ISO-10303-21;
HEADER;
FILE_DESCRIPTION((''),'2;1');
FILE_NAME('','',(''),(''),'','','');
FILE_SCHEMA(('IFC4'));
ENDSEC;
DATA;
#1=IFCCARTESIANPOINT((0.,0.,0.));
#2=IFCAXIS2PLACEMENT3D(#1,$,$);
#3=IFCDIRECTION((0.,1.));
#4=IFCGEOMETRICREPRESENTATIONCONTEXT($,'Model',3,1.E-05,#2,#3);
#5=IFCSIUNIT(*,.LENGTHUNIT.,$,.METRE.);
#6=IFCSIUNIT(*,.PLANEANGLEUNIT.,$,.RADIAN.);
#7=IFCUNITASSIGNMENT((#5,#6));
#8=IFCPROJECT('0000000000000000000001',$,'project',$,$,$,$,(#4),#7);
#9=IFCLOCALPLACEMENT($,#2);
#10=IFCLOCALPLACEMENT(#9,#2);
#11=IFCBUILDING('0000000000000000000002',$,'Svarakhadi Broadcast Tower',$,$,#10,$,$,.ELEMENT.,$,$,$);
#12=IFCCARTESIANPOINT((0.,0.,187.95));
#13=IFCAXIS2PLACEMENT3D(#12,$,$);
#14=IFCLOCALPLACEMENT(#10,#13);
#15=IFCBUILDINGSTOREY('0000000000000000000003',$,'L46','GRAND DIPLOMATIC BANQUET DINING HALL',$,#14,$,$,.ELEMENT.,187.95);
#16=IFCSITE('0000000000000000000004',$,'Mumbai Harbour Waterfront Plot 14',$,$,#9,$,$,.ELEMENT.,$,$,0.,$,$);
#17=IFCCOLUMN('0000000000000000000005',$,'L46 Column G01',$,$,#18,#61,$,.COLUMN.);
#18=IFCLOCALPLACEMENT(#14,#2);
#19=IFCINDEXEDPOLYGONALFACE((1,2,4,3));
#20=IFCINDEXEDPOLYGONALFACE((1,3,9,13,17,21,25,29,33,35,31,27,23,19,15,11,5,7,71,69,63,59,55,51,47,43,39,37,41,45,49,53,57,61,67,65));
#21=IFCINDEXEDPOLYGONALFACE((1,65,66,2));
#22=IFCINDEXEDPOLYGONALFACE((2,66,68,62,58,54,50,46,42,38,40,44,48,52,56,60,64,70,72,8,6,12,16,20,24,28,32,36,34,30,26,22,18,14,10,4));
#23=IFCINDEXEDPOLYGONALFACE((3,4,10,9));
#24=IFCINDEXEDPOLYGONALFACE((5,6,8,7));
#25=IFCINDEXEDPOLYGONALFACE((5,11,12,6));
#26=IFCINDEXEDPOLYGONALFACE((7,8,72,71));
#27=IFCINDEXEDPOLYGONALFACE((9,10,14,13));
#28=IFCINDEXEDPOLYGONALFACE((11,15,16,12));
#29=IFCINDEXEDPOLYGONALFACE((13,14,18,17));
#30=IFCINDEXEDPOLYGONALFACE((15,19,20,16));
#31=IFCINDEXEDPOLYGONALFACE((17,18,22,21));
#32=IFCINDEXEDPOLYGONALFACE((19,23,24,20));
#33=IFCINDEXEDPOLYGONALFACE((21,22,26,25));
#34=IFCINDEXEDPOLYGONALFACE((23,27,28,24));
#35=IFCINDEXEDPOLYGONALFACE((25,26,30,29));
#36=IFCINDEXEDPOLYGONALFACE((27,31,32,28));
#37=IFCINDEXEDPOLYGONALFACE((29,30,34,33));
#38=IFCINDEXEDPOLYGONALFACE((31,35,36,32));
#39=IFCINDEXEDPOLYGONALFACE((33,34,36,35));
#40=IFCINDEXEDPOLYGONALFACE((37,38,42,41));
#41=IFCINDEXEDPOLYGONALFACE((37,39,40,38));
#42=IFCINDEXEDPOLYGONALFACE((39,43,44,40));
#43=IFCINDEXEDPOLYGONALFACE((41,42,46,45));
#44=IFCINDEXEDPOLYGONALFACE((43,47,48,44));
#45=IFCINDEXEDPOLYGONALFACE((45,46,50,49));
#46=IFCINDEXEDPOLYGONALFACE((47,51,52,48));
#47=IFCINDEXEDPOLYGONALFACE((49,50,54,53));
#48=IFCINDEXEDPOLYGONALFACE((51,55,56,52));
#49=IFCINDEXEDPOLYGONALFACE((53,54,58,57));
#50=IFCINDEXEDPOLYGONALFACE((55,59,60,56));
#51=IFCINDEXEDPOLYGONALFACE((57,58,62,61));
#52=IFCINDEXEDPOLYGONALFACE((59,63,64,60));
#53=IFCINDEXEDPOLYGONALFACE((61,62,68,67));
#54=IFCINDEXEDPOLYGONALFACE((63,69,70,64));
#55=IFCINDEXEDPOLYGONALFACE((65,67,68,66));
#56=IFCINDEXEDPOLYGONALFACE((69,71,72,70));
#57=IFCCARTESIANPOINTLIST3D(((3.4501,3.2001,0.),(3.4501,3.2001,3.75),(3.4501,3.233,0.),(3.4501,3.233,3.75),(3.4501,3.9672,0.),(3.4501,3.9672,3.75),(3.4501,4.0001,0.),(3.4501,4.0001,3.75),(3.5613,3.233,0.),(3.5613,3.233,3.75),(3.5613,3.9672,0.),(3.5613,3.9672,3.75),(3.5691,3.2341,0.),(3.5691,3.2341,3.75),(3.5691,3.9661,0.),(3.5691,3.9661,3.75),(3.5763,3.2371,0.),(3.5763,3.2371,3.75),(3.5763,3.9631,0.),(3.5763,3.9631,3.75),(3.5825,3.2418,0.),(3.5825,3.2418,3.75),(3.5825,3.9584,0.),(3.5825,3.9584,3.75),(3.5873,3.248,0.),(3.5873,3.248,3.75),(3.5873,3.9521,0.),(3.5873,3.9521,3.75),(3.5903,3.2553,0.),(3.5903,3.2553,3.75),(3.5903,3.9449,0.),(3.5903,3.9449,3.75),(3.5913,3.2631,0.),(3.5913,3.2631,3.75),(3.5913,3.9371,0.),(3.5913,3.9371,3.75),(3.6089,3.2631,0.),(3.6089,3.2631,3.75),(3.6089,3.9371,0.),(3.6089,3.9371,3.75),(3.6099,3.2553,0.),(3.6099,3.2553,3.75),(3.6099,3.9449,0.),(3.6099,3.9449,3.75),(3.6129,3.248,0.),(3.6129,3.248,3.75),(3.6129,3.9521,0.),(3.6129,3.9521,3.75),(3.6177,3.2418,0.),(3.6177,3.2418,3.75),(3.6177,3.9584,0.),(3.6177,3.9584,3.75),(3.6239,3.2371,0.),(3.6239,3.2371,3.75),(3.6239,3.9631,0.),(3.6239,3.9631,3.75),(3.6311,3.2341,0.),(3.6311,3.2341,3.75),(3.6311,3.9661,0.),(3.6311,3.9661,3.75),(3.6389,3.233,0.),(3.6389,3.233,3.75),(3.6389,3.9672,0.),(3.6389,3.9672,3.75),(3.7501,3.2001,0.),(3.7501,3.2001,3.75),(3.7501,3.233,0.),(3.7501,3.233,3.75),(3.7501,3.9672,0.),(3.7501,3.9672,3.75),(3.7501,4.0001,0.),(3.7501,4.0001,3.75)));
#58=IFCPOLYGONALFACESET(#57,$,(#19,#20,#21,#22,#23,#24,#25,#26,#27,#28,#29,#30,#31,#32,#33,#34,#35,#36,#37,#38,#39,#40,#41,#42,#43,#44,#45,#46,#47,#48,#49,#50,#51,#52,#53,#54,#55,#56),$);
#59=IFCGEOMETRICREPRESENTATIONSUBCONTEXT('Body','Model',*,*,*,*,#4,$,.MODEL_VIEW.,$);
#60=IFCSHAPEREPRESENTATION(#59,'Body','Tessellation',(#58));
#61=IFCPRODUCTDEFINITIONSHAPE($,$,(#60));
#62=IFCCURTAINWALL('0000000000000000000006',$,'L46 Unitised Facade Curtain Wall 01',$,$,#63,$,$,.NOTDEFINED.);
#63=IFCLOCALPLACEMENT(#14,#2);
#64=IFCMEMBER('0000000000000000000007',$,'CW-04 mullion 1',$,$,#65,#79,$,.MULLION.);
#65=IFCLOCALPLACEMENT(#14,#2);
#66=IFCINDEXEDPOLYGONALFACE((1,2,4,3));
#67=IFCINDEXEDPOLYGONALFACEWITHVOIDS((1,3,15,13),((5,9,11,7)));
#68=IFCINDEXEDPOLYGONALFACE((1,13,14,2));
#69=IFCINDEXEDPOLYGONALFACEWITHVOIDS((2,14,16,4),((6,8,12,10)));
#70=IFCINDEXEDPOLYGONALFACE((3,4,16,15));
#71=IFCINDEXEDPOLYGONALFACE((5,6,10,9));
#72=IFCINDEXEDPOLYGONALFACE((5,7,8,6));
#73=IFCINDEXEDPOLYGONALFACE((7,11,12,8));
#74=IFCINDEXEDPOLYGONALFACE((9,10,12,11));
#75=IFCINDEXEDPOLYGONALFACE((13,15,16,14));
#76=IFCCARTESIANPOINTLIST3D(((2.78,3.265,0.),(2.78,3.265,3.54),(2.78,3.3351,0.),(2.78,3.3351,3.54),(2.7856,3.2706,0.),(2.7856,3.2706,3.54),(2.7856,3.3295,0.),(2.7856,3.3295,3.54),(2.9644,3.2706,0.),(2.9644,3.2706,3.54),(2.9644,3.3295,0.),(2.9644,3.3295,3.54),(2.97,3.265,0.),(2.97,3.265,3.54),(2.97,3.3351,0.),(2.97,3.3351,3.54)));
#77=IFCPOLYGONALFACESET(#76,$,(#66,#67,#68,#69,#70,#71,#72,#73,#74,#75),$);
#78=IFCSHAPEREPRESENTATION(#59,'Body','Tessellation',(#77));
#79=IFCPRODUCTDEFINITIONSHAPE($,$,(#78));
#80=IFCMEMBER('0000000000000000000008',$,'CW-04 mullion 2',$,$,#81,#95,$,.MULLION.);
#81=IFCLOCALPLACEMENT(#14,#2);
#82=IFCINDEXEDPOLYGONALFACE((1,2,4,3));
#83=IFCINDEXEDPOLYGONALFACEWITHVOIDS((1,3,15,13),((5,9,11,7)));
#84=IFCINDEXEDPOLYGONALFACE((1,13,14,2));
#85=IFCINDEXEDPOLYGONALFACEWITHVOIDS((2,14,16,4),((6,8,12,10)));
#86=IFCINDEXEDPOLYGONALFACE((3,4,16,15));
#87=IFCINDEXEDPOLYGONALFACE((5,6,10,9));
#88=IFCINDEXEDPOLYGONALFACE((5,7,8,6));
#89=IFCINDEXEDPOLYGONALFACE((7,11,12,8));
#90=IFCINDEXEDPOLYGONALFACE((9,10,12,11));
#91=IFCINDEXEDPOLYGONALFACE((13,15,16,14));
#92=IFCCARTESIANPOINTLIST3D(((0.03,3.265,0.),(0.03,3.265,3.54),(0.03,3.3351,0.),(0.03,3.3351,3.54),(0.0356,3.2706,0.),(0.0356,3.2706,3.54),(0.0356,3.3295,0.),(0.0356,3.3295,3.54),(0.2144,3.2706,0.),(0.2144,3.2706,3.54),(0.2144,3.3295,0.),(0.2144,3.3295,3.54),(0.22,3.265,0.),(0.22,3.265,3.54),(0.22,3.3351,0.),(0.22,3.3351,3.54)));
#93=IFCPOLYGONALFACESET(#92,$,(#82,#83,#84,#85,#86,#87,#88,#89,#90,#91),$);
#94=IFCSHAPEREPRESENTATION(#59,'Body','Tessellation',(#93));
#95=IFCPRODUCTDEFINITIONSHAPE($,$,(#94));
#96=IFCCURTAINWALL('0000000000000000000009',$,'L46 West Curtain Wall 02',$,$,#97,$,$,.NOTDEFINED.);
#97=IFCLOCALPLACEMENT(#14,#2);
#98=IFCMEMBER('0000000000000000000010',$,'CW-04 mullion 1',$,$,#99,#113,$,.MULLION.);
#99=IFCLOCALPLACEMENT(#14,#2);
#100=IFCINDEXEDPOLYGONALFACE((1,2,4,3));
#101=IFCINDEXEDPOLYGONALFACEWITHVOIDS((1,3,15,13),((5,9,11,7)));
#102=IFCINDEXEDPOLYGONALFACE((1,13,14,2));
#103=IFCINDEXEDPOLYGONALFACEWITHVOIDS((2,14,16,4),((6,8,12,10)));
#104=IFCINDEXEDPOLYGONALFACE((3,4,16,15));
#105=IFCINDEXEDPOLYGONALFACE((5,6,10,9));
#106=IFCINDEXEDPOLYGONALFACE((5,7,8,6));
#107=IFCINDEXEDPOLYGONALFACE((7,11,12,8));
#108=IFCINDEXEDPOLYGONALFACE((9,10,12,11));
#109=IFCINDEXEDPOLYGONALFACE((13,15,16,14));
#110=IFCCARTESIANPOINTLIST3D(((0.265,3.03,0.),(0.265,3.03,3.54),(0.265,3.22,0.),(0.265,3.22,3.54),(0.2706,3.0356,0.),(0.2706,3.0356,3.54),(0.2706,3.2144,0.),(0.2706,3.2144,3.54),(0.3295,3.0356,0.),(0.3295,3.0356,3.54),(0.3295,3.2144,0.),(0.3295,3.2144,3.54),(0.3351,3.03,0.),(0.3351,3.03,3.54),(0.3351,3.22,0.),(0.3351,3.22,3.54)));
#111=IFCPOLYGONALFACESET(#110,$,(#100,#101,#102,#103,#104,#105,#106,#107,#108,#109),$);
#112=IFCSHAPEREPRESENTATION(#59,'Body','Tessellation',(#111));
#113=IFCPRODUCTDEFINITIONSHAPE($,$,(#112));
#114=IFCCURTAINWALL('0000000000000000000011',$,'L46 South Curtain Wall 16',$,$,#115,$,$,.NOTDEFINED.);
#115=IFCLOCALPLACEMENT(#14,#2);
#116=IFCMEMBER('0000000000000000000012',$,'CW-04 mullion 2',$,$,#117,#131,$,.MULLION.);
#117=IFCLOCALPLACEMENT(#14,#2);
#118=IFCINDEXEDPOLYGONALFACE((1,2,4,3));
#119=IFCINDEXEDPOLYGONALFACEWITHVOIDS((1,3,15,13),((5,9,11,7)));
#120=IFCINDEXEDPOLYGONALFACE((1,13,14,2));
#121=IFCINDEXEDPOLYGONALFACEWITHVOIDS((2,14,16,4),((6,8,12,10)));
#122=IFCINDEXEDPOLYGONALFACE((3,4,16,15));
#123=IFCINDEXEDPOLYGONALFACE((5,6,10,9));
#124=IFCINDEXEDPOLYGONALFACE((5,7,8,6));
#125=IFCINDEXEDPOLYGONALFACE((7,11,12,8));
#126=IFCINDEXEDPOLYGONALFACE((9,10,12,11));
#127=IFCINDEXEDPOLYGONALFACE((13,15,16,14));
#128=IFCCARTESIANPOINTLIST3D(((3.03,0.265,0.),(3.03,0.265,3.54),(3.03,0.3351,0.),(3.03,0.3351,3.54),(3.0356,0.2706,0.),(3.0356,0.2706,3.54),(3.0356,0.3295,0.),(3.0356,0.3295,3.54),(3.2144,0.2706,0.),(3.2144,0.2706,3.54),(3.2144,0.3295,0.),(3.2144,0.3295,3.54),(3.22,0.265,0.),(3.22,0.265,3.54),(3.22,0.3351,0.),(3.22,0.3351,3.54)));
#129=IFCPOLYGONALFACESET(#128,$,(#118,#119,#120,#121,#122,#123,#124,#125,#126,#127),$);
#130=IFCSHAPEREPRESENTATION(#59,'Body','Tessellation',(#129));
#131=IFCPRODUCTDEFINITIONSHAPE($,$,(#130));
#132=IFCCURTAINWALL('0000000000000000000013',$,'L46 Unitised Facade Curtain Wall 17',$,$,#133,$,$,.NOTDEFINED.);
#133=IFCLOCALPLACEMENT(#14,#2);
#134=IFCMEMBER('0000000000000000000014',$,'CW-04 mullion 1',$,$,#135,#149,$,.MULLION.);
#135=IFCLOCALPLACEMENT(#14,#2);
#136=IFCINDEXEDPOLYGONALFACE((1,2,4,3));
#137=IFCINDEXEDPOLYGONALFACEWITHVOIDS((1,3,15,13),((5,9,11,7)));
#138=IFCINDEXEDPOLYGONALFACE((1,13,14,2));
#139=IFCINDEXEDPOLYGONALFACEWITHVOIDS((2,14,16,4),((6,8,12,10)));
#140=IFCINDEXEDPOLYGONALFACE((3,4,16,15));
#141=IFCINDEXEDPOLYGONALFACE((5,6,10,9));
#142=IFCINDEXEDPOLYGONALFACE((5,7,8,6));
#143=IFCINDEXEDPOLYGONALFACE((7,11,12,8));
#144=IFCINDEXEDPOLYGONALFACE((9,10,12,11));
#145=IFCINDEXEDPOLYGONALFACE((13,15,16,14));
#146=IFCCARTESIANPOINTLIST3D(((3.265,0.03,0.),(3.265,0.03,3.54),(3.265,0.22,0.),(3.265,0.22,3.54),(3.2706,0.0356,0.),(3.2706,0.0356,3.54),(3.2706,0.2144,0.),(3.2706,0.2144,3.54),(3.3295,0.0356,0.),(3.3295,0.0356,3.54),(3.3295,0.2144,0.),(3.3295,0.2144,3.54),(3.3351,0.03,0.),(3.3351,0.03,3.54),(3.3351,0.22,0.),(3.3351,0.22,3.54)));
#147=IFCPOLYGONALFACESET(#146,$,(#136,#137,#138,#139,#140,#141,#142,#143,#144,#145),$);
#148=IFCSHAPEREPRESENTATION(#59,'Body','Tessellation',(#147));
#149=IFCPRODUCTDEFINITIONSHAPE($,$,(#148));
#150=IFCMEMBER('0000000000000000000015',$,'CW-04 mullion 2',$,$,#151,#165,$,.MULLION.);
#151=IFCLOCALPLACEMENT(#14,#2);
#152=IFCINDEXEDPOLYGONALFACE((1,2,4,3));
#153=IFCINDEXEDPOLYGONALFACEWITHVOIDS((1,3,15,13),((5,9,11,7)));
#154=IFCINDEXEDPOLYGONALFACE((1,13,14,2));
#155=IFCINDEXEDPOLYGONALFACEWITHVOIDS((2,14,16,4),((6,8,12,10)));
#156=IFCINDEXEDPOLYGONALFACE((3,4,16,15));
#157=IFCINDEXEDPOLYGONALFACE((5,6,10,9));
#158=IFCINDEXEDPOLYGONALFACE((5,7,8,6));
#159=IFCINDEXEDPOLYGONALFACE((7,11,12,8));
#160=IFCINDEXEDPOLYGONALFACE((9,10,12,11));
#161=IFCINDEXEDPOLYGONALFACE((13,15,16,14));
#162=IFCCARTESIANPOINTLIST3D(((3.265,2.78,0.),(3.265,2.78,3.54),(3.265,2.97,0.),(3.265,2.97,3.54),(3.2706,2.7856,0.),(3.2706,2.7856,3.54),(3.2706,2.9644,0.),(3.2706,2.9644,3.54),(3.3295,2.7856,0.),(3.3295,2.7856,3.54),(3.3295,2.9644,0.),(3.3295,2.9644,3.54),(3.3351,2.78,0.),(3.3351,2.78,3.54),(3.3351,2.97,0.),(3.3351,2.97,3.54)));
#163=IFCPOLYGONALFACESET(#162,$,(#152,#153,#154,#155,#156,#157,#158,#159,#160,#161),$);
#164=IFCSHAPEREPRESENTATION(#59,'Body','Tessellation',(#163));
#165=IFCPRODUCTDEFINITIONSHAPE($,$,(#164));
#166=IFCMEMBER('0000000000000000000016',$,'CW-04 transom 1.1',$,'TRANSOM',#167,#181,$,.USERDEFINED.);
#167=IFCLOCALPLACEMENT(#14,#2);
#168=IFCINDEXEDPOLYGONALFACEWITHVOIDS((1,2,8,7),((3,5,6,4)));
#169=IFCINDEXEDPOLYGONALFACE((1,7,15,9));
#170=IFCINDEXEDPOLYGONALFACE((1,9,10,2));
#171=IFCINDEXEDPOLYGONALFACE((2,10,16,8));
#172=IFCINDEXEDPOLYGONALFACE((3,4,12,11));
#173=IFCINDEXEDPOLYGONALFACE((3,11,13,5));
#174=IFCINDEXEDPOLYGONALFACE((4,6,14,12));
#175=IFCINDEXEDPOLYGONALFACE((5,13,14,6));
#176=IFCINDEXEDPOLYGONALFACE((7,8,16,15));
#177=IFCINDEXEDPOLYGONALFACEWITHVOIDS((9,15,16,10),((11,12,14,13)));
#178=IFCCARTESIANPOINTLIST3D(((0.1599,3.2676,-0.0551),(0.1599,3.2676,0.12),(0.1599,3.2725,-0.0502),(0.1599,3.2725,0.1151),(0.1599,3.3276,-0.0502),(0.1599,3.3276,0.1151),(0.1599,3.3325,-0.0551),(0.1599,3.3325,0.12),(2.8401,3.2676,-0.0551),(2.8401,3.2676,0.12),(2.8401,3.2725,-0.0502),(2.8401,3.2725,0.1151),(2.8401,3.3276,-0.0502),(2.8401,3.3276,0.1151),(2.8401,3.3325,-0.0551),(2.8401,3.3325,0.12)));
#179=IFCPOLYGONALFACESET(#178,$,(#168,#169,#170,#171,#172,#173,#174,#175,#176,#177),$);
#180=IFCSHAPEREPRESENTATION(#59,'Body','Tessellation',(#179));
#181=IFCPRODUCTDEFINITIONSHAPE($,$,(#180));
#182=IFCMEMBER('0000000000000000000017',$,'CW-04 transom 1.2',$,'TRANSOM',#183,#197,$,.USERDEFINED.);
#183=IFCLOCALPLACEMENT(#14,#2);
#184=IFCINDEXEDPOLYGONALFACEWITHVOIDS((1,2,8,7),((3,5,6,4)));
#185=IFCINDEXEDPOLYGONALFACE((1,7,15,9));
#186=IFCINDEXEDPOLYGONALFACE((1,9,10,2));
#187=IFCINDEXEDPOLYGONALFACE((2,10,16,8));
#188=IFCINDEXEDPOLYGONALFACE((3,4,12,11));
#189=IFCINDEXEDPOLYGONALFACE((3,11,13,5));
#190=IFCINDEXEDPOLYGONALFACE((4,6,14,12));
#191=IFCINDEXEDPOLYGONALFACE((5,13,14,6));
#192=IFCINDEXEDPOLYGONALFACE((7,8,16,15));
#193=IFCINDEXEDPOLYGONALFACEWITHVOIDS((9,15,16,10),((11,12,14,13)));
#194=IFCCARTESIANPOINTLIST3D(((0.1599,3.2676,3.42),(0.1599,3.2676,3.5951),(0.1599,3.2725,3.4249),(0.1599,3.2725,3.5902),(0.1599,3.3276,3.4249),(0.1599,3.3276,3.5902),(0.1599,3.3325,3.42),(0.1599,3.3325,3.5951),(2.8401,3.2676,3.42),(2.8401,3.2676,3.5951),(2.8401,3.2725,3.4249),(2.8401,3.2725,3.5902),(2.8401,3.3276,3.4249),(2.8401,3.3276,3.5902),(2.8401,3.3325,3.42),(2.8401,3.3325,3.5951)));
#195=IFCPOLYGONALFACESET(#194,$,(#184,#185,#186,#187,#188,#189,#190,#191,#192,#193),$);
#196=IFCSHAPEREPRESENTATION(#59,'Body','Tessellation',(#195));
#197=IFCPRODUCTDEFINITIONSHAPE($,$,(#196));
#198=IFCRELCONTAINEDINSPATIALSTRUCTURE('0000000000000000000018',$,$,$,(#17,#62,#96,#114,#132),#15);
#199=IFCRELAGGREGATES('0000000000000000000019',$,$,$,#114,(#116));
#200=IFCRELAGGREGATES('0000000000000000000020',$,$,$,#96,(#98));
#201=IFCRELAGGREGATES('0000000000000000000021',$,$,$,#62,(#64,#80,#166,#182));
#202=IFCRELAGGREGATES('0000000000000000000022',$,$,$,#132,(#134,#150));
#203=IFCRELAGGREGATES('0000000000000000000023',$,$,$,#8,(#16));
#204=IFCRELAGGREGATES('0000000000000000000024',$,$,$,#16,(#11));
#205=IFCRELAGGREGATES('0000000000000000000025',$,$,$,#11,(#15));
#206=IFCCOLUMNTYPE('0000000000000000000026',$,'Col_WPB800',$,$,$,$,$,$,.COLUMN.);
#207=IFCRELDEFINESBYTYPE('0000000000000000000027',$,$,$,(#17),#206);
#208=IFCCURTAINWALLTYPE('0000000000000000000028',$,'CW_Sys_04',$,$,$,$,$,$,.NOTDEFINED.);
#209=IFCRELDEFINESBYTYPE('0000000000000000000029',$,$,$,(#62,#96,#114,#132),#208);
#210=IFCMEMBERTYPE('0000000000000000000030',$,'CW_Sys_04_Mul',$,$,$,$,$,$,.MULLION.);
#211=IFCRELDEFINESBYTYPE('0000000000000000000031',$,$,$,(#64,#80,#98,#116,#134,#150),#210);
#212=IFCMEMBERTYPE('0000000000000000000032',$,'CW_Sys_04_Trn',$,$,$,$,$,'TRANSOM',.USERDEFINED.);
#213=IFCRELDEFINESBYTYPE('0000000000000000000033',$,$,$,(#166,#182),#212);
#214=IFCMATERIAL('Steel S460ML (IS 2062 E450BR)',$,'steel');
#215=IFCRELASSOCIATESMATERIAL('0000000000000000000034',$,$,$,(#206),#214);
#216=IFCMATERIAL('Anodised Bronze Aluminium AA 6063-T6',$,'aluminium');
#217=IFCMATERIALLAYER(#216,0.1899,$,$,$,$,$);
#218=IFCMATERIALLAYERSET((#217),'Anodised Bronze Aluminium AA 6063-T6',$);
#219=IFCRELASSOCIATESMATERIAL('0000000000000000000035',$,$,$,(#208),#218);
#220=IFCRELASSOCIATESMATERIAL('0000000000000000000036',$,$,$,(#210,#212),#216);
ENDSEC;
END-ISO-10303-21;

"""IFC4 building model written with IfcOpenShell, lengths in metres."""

from ifc_helpers import new_model, si_unit, direction, frame, origin, origin_2d, place, context, subcontext, project, spatial, hollow_rectangle, i_section, extrude, material, layer, layer_set, material_profile, profile_set, type_object, element, aggregate, save


model = new_model("IFC4")

# Units and contexts
model_context = context("Model", 3, precision=1e-05, world=origin(), true_north=direction((0.0, 1.0)))
body_context = subcontext(model_context, "Body", "Model", "MODEL_VIEW")
ifc_project = project(units=[si_unit("LENGTHUNIT", "METRE"), si_unit("PLANEANGLEUNIT", "RADIAN")], contexts=[model_context])

# Site, building, storey
site_placement = place(None, origin())
site = spatial("IfcSite", under=ifc_project, at=site_placement, Name="Mumbai Harbour Waterfront Plot 14", CompositionType="ELEMENT", RefElevation=0.0)
building_placement = place(site_placement, origin())
building = spatial("IfcBuilding", under=site, at=building_placement, Name="Svarakhadi Broadcast Tower", CompositionType="ELEMENT")
storey_placement = place(building_placement, frame((0.0, 0.0, 187.95)))
storey = spatial("IfcBuildingStorey", under=building, at=storey_placement, Name="L46", Description="GRAND DIPLOMATIC BANQUET DINING HALL", CompositionType="ELEMENT", Elevation=187.95)

# Column
ifc_material_1 = material(Name="Steel S460ML (IS 2062 E450BR)", Category="steel")
ifc_material_profile_1 = material_profile(ifc_material_1, i_section(OverallWidth=0.3, OverallDepth=0.8, WebThickness=0.0176, FlangeThickness=0.033, FilletRadius=0.03, at=origin_2d()), Name="WPB 800x300x262")
ifc_profile_set_1 = profile_set([ifc_material_profile_1], Name="Steel S460ML (IS 2062 E450BR)")
column_type = type_object("IfcColumnType", Name="Col_WPB800", PredefinedType="COLUMN", material=ifc_profile_set_1)
column_placement = place(storey_placement, frame((3.6001, 3.6001, 0.0), z_axis=(0.0, 0.0, 1.0), x_axis=(1.0, 0.0, 0.0)))
element("IfcColumn", 1, at=column_placement, inside=storey, type_object=column_type, Name="L46 Column G01", PredefinedType="COLUMN", context=body_context, shape_type="SweptSolid", body=[
    extrude(i_section(OverallWidth=0.3, OverallDepth=0.8, WebThickness=0.0176, FlangeThickness=0.033, FilletRadius=0.03, at=origin_2d()), origin(), (0.0, 0.0, 1.0), 3.75),
])

# Curtain wall, members
ifc_material_2 = material(Name="Anodised Bronze Aluminium AA 6063-T6", Category="aluminium")
ifc_layer_1 = layer(ifc_material_2, 0.1899)
ifc_layer_set_1 = layer_set([ifc_layer_1], Name="Anodised Bronze Aluminium AA 6063-T6")
curtain_wall_type = type_object("IfcCurtainWallType", Name="CW_Sys_04", PredefinedType="NOTDEFINED", material=ifc_layer_set_1)
curtain_wall_1_placement = place(storey_placement, origin())
curtain_wall_1 = element("IfcCurtainWall", 2, at=curtain_wall_1_placement, inside=storey, type_object=curtain_wall_type, Name="L46 Unitised Facade Curtain Wall 01", PredefinedType="NOTDEFINED")
ifc_material_profile_2 = material_profile(ifc_material_2, hollow_rectangle(XDim=0.0701, YDim=0.1899, WallThickness=0.0056, at=origin_2d()), Name="ALU MULLION 190x70x6")
ifc_profile_set_2 = profile_set([ifc_material_profile_2], Name="Anodised Bronze Aluminium AA 6063-T6")
member_type_1 = type_object("IfcMemberType", Name="CW_Sys_04_Mul", PredefinedType="MULLION", material=ifc_profile_set_2)
member_1_placement = place(storey_placement, frame((2.875, 3.3, 0.0), z_axis=(0.0, 0.0, 1.0), x_axis=(0.0, -1.0, 0.0)))
member_1 = element("IfcMember", 3, at=member_1_placement, type_object=member_type_1, Name="CW-04 mullion 1", PredefinedType="MULLION", context=body_context, shape_type="SweptSolid", body=[
    extrude(hollow_rectangle(XDim=0.0701, YDim=0.1899, WallThickness=0.0056, at=origin_2d()), origin(), (0.0, 0.0, 1.0), 3.54),
])
member_2_placement = place(storey_placement, frame((0.125, 3.3, 0.0), z_axis=(0.0, 0.0, 1.0), x_axis=(0.0, -1.0, 0.0)))
member_2 = element("IfcMember", 4, at=member_2_placement, type_object=member_type_1, Name="CW-04 mullion 2", PredefinedType="MULLION", context=body_context, shape_type="SweptSolid", body=[
    extrude(hollow_rectangle(XDim=0.0701, YDim=0.1899, WallThickness=0.0056, at=origin_2d()), origin(), (0.0, 0.0, 1.0), 3.54),
])

# Curtain walls, members
curtain_wall_2_placement = place(storey_placement, origin())
curtain_wall_2 = element("IfcCurtainWall", 5, at=curtain_wall_2_placement, inside=storey, type_object=curtain_wall_type, Name="L46 West Curtain Wall 02", PredefinedType="NOTDEFINED")
member_3_placement = place(storey_placement, frame((0.3, 3.125, 0.0), z_axis=(0.0, 0.0, 1.0), x_axis=(-1.0, 0.0, 0.0)))
member_3 = element("IfcMember", 6, at=member_3_placement, type_object=member_type_1, Name="CW-04 mullion 1", PredefinedType="MULLION", context=body_context, shape_type="SweptSolid", body=[
    extrude(hollow_rectangle(XDim=0.0701, YDim=0.1899, WallThickness=0.0056, at=origin_2d()), origin(), (0.0, 0.0, 1.0), 3.54),
])
curtain_wall_3_placement = place(storey_placement, origin())
curtain_wall_3 = element("IfcCurtainWall", 7, at=curtain_wall_3_placement, inside=storey, type_object=curtain_wall_type, Name="L46 South Curtain Wall 16", PredefinedType="NOTDEFINED")
member_4_placement = place(storey_placement, frame((3.125, 0.3, 0.0), z_axis=(0.0, 0.0, 1.0), x_axis=(0.0, -1.0, 0.0)))
member_4 = element("IfcMember", 8, at=member_4_placement, type_object=member_type_1, Name="CW-04 mullion 2", PredefinedType="MULLION", context=body_context, shape_type="SweptSolid", body=[
    extrude(hollow_rectangle(XDim=0.0701, YDim=0.1899, WallThickness=0.0056, at=origin_2d()), origin(), (0.0, 0.0, 1.0), 3.54),
])
aggregate(curtain_wall_3, [member_4])

# Curtain wall, members
curtain_wall_4_placement = place(storey_placement, origin())
curtain_wall_4 = element("IfcCurtainWall", 9, at=curtain_wall_4_placement, inside=storey, type_object=curtain_wall_type, Name="L46 Unitised Facade Curtain Wall 17", PredefinedType="NOTDEFINED")
member_5_placement = place(storey_placement, frame((3.3, 0.125, 0.0), z_axis=(0.0, 0.0, 1.0), x_axis=(-1.0, 0.0, 0.0)))
member_5 = element("IfcMember", 10, at=member_5_placement, type_object=member_type_1, Name="CW-04 mullion 1", PredefinedType="MULLION", context=body_context, shape_type="SweptSolid", body=[
    extrude(hollow_rectangle(XDim=0.0701, YDim=0.1899, WallThickness=0.0056, at=origin_2d()), origin(), (0.0, 0.0, 1.0), 3.54),
])
member_6_placement = place(storey_placement, frame((3.3, 2.875, 0.0), z_axis=(0.0, 0.0, 1.0), x_axis=(-1.0, 0.0, 0.0)))
member_6 = element("IfcMember", 11, at=member_6_placement, type_object=member_type_1, Name="CW-04 mullion 2", PredefinedType="MULLION", context=body_context, shape_type="SweptSolid", body=[
    extrude(hollow_rectangle(XDim=0.0701, YDim=0.1899, WallThickness=0.0056, at=origin_2d()), origin(), (0.0, 0.0, 1.0), 3.54),
])

# Members
ifc_material_profile_3 = material_profile(ifc_material_2, hollow_rectangle(XDim=0.0649, YDim=0.175, WallThickness=0.0049, at=origin_2d()), Name="ALU TRANSOM 175x65x5")
ifc_profile_set_3 = profile_set([ifc_material_profile_3], Name="Anodised Bronze Aluminium AA 6063-T6")
member_type_2 = type_object("IfcMemberType", Name="CW_Sys_04_Trn", ElementType="TRANSOM", PredefinedType="USERDEFINED", material=ifc_profile_set_3)
member_7_placement = place(storey_placement, frame((2.8401, 3.3, 0.0325), z_axis=(-1.0, 0.0, 0.0), x_axis=(0.0, -1.0, 0.0)))
member_7 = element("IfcMember", 12, at=member_7_placement, type_object=member_type_2, Name="CW-04 transom 1.1", ObjectType="TRANSOM", PredefinedType="USERDEFINED", context=body_context, shape_type="SweptSolid", body=[
    extrude(hollow_rectangle(XDim=0.0649, YDim=0.175, WallThickness=0.0049, at=origin_2d()), origin(), (0.0, 0.0, 1.0), 2.6802),
])
member_8_placement = place(storey_placement, frame((2.8401, 3.3, 3.5076), z_axis=(-1.0, 0.0, 0.0), x_axis=(0.0, -1.0, 0.0)))
member_8 = element("IfcMember", 13, at=member_8_placement, type_object=member_type_2, Name="CW-04 transom 1.2", ObjectType="TRANSOM", PredefinedType="USERDEFINED", context=body_context, shape_type="SweptSolid", body=[
    extrude(hollow_rectangle(XDim=0.0649, YDim=0.175, WallThickness=0.0049, at=origin_2d()), origin(), (0.0, 0.0, 1.0), 2.6802),
])
aggregate(curtain_wall_2, [member_3])

aggregate(curtain_wall_1, [member_1, member_2, member_7, member_8])
aggregate(curtain_wall_4, [member_5, member_6])

save(model, "model.ifc")
